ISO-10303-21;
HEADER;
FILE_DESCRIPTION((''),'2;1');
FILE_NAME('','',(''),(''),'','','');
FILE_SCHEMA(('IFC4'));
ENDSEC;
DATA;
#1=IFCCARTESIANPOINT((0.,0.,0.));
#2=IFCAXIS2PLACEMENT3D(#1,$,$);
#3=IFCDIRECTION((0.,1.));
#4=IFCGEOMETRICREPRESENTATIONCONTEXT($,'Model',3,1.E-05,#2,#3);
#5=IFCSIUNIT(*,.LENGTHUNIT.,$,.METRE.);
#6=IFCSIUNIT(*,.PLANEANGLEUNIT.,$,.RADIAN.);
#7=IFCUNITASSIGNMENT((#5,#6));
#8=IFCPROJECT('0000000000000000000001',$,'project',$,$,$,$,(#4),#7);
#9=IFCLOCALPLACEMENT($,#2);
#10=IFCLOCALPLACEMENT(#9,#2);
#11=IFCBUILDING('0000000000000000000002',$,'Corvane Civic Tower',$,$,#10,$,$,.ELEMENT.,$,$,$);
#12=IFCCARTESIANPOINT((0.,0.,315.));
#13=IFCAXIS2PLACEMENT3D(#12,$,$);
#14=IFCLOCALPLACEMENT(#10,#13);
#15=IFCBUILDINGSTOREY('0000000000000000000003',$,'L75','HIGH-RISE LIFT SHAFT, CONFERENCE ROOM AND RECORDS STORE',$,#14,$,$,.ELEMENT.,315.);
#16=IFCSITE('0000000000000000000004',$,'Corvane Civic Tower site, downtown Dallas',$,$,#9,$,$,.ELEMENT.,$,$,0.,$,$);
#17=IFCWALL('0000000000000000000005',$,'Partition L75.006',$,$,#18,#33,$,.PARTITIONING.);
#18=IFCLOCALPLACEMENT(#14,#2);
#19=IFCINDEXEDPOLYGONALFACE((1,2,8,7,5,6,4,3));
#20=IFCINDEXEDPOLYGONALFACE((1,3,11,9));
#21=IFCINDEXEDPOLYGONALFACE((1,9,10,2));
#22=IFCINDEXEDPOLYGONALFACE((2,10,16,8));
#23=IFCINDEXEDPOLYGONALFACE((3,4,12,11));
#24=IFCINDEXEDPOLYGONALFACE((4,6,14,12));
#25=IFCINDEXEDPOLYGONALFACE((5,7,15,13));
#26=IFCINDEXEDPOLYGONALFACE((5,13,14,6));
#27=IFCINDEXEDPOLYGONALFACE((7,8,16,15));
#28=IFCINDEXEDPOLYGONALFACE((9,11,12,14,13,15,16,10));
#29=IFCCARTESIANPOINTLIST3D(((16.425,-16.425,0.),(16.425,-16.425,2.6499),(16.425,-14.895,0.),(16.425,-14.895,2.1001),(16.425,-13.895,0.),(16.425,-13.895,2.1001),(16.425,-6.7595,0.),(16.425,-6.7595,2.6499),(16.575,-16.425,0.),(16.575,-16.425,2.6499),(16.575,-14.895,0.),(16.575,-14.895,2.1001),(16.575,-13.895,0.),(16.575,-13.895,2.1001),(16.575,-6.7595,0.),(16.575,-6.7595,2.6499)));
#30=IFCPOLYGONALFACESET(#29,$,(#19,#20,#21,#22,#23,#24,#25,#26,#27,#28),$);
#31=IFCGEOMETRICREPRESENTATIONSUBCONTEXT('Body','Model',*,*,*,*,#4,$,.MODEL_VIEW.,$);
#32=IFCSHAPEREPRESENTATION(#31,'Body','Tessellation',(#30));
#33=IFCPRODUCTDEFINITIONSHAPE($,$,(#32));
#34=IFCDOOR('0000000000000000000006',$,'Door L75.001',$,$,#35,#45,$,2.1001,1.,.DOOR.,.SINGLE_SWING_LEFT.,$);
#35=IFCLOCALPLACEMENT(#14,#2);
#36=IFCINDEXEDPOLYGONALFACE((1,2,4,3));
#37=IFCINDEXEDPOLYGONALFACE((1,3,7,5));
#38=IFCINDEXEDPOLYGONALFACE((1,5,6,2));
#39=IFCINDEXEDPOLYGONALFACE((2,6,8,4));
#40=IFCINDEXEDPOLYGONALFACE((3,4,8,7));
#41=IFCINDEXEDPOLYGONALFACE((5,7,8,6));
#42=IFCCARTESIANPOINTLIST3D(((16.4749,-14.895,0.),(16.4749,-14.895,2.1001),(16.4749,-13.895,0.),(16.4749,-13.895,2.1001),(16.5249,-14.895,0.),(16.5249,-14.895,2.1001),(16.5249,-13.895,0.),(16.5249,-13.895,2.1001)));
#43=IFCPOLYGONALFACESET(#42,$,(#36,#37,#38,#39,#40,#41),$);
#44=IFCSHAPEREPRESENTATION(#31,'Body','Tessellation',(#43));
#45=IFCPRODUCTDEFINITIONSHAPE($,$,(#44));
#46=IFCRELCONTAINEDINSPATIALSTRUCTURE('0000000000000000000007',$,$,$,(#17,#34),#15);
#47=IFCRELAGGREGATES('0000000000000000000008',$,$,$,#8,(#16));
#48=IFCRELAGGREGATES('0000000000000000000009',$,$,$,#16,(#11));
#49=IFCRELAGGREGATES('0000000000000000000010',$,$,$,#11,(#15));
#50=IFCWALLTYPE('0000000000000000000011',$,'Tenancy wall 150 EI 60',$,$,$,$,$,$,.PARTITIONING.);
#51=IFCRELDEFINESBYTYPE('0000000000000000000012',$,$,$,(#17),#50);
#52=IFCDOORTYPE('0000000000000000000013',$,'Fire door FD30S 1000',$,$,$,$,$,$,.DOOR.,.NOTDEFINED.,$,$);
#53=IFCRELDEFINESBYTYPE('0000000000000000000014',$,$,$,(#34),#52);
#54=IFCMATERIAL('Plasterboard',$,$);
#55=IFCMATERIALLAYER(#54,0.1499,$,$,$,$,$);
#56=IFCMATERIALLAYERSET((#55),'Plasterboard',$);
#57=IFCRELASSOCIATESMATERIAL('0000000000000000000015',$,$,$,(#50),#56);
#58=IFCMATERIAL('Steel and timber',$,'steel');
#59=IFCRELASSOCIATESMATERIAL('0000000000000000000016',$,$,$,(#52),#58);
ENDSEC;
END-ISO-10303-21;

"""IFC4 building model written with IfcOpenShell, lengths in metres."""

from ifc_helpers import new_model, si_unit, direction, frame, frame_2d, origin, place, context, subcontext, project, spatial, rectangle, extrude, material, layer, layer_set, type_object, element, fill, save


model = new_model("IFC4")

# Units and contexts
model_context = context("Model", 3, precision=1e-05, world=origin(), true_north=direction((0.0, 1.0)))
body_context = subcontext(model_context, "Body", "Model", "MODEL_VIEW")
ifc_project = project(units=[si_unit("LENGTHUNIT", "METRE"), si_unit("PLANEANGLEUNIT", "RADIAN")], contexts=[model_context])

# Site, building, storey
site_placement = place(None, origin())
site = spatial("IfcSite", under=ifc_project, at=site_placement, Name="Corvane Civic Tower site, downtown Dallas", CompositionType="ELEMENT", RefElevation=0.0)
building_placement = place(site_placement, origin())
building = spatial("IfcBuilding", under=site, at=building_placement, Name="Corvane Civic Tower", CompositionType="ELEMENT")
storey_placement = place(building_placement, frame((0.0, 0.0, 315.0)))
storey = spatial("IfcBuildingStorey", under=building, at=storey_placement, Name="L75", Description="HIGH-RISE LIFT SHAFT, CONFERENCE ROOM AND RECORDS STORE", CompositionType="ELEMENT", Elevation=315.0)

# Wall, opening, door
ifc_material_1 = material(Name="Plasterboard")
ifc_layer_1 = layer(ifc_material_1, 0.1499)
ifc_layer_set_1 = layer_set([ifc_layer_1], Name="Plasterboard")
wall_type_1 = type_object("IfcWallType", Name="Tenancy wall 150 EI 60", PredefinedType="PARTITIONING", material=ifc_layer_set_1)
wall_1_placement = place(storey_placement, frame((16.5, -16.425, 0.0), z_axis=(0.0, 0.0, 1.0), x_axis=(0.0, 1.0, 0.0)))
wall_1 = element("IfcWall", 1, at=wall_1_placement, inside=storey, type_object=wall_type_1, Name="Partition L75.006", PredefinedType="PARTITIONING", context=body_context, shape_type="SweptSolid", body=[
    extrude(rectangle(XDim=9.6655, YDim=0.1499, at=frame_2d((4.8328, 0.0))), origin(), (0.0, 0.0, 1.0), 2.6499),
])
opening_1_placement = place(wall_1_placement, frame((1.53, 0.0, 0.0)))
opening_1 = element("IfcOpeningElement", 2, at=opening_1_placement, cuts=wall_1, PredefinedType="OPENING", context=body_context, shape_type="SweptSolid", body=[
    extrude(rectangle(XDim=1.0, YDim=2.1001, at=frame_2d((0.5, 1.05))), frame((0.0, 0.085, 0.0), z_axis=(0.0, -1.0, 0.0), x_axis=(1.0, 0.0, 0.0)), (0.0, 0.0, 1.0), 0.1699),
])
ifc_material_2 = material(Name="Steel and timber", Category="steel")
door_type_1 = type_object("IfcDoorType", Name="Fire door FD30S 1000", OperationType="NOTDEFINED", PredefinedType="DOOR", material=ifc_material_2)
door_1_placement = place(opening_1_placement, frame((1.0, 0.0, 0.0), z_axis=(0.0, 0.0, 1.0), x_axis=(-1.0, 0.0, 0.0)))
door_1 = element("IfcDoor", 3, at=door_1_placement, inside=storey, type_object=door_type_1, Name="Door L75.001", OperationType="SINGLE_SWING_LEFT", OverallHeight=2.1001, OverallWidth=1.0, PredefinedType="DOOR", context=body_context, shape_type="SweptSolid", body=[
    extrude(rectangle(XDim=1.0, YDim=2.1001, at=frame_2d((0.5, 1.05))), frame((0.0, 0.0249, 0.0), z_axis=(0.0, -1.0, 0.0), x_axis=(1.0, 0.0, 0.0)), (0.0, 0.0, 1.0), 0.05),
])
fill(opening_1, door_1)

save(model, "model.ifc")
